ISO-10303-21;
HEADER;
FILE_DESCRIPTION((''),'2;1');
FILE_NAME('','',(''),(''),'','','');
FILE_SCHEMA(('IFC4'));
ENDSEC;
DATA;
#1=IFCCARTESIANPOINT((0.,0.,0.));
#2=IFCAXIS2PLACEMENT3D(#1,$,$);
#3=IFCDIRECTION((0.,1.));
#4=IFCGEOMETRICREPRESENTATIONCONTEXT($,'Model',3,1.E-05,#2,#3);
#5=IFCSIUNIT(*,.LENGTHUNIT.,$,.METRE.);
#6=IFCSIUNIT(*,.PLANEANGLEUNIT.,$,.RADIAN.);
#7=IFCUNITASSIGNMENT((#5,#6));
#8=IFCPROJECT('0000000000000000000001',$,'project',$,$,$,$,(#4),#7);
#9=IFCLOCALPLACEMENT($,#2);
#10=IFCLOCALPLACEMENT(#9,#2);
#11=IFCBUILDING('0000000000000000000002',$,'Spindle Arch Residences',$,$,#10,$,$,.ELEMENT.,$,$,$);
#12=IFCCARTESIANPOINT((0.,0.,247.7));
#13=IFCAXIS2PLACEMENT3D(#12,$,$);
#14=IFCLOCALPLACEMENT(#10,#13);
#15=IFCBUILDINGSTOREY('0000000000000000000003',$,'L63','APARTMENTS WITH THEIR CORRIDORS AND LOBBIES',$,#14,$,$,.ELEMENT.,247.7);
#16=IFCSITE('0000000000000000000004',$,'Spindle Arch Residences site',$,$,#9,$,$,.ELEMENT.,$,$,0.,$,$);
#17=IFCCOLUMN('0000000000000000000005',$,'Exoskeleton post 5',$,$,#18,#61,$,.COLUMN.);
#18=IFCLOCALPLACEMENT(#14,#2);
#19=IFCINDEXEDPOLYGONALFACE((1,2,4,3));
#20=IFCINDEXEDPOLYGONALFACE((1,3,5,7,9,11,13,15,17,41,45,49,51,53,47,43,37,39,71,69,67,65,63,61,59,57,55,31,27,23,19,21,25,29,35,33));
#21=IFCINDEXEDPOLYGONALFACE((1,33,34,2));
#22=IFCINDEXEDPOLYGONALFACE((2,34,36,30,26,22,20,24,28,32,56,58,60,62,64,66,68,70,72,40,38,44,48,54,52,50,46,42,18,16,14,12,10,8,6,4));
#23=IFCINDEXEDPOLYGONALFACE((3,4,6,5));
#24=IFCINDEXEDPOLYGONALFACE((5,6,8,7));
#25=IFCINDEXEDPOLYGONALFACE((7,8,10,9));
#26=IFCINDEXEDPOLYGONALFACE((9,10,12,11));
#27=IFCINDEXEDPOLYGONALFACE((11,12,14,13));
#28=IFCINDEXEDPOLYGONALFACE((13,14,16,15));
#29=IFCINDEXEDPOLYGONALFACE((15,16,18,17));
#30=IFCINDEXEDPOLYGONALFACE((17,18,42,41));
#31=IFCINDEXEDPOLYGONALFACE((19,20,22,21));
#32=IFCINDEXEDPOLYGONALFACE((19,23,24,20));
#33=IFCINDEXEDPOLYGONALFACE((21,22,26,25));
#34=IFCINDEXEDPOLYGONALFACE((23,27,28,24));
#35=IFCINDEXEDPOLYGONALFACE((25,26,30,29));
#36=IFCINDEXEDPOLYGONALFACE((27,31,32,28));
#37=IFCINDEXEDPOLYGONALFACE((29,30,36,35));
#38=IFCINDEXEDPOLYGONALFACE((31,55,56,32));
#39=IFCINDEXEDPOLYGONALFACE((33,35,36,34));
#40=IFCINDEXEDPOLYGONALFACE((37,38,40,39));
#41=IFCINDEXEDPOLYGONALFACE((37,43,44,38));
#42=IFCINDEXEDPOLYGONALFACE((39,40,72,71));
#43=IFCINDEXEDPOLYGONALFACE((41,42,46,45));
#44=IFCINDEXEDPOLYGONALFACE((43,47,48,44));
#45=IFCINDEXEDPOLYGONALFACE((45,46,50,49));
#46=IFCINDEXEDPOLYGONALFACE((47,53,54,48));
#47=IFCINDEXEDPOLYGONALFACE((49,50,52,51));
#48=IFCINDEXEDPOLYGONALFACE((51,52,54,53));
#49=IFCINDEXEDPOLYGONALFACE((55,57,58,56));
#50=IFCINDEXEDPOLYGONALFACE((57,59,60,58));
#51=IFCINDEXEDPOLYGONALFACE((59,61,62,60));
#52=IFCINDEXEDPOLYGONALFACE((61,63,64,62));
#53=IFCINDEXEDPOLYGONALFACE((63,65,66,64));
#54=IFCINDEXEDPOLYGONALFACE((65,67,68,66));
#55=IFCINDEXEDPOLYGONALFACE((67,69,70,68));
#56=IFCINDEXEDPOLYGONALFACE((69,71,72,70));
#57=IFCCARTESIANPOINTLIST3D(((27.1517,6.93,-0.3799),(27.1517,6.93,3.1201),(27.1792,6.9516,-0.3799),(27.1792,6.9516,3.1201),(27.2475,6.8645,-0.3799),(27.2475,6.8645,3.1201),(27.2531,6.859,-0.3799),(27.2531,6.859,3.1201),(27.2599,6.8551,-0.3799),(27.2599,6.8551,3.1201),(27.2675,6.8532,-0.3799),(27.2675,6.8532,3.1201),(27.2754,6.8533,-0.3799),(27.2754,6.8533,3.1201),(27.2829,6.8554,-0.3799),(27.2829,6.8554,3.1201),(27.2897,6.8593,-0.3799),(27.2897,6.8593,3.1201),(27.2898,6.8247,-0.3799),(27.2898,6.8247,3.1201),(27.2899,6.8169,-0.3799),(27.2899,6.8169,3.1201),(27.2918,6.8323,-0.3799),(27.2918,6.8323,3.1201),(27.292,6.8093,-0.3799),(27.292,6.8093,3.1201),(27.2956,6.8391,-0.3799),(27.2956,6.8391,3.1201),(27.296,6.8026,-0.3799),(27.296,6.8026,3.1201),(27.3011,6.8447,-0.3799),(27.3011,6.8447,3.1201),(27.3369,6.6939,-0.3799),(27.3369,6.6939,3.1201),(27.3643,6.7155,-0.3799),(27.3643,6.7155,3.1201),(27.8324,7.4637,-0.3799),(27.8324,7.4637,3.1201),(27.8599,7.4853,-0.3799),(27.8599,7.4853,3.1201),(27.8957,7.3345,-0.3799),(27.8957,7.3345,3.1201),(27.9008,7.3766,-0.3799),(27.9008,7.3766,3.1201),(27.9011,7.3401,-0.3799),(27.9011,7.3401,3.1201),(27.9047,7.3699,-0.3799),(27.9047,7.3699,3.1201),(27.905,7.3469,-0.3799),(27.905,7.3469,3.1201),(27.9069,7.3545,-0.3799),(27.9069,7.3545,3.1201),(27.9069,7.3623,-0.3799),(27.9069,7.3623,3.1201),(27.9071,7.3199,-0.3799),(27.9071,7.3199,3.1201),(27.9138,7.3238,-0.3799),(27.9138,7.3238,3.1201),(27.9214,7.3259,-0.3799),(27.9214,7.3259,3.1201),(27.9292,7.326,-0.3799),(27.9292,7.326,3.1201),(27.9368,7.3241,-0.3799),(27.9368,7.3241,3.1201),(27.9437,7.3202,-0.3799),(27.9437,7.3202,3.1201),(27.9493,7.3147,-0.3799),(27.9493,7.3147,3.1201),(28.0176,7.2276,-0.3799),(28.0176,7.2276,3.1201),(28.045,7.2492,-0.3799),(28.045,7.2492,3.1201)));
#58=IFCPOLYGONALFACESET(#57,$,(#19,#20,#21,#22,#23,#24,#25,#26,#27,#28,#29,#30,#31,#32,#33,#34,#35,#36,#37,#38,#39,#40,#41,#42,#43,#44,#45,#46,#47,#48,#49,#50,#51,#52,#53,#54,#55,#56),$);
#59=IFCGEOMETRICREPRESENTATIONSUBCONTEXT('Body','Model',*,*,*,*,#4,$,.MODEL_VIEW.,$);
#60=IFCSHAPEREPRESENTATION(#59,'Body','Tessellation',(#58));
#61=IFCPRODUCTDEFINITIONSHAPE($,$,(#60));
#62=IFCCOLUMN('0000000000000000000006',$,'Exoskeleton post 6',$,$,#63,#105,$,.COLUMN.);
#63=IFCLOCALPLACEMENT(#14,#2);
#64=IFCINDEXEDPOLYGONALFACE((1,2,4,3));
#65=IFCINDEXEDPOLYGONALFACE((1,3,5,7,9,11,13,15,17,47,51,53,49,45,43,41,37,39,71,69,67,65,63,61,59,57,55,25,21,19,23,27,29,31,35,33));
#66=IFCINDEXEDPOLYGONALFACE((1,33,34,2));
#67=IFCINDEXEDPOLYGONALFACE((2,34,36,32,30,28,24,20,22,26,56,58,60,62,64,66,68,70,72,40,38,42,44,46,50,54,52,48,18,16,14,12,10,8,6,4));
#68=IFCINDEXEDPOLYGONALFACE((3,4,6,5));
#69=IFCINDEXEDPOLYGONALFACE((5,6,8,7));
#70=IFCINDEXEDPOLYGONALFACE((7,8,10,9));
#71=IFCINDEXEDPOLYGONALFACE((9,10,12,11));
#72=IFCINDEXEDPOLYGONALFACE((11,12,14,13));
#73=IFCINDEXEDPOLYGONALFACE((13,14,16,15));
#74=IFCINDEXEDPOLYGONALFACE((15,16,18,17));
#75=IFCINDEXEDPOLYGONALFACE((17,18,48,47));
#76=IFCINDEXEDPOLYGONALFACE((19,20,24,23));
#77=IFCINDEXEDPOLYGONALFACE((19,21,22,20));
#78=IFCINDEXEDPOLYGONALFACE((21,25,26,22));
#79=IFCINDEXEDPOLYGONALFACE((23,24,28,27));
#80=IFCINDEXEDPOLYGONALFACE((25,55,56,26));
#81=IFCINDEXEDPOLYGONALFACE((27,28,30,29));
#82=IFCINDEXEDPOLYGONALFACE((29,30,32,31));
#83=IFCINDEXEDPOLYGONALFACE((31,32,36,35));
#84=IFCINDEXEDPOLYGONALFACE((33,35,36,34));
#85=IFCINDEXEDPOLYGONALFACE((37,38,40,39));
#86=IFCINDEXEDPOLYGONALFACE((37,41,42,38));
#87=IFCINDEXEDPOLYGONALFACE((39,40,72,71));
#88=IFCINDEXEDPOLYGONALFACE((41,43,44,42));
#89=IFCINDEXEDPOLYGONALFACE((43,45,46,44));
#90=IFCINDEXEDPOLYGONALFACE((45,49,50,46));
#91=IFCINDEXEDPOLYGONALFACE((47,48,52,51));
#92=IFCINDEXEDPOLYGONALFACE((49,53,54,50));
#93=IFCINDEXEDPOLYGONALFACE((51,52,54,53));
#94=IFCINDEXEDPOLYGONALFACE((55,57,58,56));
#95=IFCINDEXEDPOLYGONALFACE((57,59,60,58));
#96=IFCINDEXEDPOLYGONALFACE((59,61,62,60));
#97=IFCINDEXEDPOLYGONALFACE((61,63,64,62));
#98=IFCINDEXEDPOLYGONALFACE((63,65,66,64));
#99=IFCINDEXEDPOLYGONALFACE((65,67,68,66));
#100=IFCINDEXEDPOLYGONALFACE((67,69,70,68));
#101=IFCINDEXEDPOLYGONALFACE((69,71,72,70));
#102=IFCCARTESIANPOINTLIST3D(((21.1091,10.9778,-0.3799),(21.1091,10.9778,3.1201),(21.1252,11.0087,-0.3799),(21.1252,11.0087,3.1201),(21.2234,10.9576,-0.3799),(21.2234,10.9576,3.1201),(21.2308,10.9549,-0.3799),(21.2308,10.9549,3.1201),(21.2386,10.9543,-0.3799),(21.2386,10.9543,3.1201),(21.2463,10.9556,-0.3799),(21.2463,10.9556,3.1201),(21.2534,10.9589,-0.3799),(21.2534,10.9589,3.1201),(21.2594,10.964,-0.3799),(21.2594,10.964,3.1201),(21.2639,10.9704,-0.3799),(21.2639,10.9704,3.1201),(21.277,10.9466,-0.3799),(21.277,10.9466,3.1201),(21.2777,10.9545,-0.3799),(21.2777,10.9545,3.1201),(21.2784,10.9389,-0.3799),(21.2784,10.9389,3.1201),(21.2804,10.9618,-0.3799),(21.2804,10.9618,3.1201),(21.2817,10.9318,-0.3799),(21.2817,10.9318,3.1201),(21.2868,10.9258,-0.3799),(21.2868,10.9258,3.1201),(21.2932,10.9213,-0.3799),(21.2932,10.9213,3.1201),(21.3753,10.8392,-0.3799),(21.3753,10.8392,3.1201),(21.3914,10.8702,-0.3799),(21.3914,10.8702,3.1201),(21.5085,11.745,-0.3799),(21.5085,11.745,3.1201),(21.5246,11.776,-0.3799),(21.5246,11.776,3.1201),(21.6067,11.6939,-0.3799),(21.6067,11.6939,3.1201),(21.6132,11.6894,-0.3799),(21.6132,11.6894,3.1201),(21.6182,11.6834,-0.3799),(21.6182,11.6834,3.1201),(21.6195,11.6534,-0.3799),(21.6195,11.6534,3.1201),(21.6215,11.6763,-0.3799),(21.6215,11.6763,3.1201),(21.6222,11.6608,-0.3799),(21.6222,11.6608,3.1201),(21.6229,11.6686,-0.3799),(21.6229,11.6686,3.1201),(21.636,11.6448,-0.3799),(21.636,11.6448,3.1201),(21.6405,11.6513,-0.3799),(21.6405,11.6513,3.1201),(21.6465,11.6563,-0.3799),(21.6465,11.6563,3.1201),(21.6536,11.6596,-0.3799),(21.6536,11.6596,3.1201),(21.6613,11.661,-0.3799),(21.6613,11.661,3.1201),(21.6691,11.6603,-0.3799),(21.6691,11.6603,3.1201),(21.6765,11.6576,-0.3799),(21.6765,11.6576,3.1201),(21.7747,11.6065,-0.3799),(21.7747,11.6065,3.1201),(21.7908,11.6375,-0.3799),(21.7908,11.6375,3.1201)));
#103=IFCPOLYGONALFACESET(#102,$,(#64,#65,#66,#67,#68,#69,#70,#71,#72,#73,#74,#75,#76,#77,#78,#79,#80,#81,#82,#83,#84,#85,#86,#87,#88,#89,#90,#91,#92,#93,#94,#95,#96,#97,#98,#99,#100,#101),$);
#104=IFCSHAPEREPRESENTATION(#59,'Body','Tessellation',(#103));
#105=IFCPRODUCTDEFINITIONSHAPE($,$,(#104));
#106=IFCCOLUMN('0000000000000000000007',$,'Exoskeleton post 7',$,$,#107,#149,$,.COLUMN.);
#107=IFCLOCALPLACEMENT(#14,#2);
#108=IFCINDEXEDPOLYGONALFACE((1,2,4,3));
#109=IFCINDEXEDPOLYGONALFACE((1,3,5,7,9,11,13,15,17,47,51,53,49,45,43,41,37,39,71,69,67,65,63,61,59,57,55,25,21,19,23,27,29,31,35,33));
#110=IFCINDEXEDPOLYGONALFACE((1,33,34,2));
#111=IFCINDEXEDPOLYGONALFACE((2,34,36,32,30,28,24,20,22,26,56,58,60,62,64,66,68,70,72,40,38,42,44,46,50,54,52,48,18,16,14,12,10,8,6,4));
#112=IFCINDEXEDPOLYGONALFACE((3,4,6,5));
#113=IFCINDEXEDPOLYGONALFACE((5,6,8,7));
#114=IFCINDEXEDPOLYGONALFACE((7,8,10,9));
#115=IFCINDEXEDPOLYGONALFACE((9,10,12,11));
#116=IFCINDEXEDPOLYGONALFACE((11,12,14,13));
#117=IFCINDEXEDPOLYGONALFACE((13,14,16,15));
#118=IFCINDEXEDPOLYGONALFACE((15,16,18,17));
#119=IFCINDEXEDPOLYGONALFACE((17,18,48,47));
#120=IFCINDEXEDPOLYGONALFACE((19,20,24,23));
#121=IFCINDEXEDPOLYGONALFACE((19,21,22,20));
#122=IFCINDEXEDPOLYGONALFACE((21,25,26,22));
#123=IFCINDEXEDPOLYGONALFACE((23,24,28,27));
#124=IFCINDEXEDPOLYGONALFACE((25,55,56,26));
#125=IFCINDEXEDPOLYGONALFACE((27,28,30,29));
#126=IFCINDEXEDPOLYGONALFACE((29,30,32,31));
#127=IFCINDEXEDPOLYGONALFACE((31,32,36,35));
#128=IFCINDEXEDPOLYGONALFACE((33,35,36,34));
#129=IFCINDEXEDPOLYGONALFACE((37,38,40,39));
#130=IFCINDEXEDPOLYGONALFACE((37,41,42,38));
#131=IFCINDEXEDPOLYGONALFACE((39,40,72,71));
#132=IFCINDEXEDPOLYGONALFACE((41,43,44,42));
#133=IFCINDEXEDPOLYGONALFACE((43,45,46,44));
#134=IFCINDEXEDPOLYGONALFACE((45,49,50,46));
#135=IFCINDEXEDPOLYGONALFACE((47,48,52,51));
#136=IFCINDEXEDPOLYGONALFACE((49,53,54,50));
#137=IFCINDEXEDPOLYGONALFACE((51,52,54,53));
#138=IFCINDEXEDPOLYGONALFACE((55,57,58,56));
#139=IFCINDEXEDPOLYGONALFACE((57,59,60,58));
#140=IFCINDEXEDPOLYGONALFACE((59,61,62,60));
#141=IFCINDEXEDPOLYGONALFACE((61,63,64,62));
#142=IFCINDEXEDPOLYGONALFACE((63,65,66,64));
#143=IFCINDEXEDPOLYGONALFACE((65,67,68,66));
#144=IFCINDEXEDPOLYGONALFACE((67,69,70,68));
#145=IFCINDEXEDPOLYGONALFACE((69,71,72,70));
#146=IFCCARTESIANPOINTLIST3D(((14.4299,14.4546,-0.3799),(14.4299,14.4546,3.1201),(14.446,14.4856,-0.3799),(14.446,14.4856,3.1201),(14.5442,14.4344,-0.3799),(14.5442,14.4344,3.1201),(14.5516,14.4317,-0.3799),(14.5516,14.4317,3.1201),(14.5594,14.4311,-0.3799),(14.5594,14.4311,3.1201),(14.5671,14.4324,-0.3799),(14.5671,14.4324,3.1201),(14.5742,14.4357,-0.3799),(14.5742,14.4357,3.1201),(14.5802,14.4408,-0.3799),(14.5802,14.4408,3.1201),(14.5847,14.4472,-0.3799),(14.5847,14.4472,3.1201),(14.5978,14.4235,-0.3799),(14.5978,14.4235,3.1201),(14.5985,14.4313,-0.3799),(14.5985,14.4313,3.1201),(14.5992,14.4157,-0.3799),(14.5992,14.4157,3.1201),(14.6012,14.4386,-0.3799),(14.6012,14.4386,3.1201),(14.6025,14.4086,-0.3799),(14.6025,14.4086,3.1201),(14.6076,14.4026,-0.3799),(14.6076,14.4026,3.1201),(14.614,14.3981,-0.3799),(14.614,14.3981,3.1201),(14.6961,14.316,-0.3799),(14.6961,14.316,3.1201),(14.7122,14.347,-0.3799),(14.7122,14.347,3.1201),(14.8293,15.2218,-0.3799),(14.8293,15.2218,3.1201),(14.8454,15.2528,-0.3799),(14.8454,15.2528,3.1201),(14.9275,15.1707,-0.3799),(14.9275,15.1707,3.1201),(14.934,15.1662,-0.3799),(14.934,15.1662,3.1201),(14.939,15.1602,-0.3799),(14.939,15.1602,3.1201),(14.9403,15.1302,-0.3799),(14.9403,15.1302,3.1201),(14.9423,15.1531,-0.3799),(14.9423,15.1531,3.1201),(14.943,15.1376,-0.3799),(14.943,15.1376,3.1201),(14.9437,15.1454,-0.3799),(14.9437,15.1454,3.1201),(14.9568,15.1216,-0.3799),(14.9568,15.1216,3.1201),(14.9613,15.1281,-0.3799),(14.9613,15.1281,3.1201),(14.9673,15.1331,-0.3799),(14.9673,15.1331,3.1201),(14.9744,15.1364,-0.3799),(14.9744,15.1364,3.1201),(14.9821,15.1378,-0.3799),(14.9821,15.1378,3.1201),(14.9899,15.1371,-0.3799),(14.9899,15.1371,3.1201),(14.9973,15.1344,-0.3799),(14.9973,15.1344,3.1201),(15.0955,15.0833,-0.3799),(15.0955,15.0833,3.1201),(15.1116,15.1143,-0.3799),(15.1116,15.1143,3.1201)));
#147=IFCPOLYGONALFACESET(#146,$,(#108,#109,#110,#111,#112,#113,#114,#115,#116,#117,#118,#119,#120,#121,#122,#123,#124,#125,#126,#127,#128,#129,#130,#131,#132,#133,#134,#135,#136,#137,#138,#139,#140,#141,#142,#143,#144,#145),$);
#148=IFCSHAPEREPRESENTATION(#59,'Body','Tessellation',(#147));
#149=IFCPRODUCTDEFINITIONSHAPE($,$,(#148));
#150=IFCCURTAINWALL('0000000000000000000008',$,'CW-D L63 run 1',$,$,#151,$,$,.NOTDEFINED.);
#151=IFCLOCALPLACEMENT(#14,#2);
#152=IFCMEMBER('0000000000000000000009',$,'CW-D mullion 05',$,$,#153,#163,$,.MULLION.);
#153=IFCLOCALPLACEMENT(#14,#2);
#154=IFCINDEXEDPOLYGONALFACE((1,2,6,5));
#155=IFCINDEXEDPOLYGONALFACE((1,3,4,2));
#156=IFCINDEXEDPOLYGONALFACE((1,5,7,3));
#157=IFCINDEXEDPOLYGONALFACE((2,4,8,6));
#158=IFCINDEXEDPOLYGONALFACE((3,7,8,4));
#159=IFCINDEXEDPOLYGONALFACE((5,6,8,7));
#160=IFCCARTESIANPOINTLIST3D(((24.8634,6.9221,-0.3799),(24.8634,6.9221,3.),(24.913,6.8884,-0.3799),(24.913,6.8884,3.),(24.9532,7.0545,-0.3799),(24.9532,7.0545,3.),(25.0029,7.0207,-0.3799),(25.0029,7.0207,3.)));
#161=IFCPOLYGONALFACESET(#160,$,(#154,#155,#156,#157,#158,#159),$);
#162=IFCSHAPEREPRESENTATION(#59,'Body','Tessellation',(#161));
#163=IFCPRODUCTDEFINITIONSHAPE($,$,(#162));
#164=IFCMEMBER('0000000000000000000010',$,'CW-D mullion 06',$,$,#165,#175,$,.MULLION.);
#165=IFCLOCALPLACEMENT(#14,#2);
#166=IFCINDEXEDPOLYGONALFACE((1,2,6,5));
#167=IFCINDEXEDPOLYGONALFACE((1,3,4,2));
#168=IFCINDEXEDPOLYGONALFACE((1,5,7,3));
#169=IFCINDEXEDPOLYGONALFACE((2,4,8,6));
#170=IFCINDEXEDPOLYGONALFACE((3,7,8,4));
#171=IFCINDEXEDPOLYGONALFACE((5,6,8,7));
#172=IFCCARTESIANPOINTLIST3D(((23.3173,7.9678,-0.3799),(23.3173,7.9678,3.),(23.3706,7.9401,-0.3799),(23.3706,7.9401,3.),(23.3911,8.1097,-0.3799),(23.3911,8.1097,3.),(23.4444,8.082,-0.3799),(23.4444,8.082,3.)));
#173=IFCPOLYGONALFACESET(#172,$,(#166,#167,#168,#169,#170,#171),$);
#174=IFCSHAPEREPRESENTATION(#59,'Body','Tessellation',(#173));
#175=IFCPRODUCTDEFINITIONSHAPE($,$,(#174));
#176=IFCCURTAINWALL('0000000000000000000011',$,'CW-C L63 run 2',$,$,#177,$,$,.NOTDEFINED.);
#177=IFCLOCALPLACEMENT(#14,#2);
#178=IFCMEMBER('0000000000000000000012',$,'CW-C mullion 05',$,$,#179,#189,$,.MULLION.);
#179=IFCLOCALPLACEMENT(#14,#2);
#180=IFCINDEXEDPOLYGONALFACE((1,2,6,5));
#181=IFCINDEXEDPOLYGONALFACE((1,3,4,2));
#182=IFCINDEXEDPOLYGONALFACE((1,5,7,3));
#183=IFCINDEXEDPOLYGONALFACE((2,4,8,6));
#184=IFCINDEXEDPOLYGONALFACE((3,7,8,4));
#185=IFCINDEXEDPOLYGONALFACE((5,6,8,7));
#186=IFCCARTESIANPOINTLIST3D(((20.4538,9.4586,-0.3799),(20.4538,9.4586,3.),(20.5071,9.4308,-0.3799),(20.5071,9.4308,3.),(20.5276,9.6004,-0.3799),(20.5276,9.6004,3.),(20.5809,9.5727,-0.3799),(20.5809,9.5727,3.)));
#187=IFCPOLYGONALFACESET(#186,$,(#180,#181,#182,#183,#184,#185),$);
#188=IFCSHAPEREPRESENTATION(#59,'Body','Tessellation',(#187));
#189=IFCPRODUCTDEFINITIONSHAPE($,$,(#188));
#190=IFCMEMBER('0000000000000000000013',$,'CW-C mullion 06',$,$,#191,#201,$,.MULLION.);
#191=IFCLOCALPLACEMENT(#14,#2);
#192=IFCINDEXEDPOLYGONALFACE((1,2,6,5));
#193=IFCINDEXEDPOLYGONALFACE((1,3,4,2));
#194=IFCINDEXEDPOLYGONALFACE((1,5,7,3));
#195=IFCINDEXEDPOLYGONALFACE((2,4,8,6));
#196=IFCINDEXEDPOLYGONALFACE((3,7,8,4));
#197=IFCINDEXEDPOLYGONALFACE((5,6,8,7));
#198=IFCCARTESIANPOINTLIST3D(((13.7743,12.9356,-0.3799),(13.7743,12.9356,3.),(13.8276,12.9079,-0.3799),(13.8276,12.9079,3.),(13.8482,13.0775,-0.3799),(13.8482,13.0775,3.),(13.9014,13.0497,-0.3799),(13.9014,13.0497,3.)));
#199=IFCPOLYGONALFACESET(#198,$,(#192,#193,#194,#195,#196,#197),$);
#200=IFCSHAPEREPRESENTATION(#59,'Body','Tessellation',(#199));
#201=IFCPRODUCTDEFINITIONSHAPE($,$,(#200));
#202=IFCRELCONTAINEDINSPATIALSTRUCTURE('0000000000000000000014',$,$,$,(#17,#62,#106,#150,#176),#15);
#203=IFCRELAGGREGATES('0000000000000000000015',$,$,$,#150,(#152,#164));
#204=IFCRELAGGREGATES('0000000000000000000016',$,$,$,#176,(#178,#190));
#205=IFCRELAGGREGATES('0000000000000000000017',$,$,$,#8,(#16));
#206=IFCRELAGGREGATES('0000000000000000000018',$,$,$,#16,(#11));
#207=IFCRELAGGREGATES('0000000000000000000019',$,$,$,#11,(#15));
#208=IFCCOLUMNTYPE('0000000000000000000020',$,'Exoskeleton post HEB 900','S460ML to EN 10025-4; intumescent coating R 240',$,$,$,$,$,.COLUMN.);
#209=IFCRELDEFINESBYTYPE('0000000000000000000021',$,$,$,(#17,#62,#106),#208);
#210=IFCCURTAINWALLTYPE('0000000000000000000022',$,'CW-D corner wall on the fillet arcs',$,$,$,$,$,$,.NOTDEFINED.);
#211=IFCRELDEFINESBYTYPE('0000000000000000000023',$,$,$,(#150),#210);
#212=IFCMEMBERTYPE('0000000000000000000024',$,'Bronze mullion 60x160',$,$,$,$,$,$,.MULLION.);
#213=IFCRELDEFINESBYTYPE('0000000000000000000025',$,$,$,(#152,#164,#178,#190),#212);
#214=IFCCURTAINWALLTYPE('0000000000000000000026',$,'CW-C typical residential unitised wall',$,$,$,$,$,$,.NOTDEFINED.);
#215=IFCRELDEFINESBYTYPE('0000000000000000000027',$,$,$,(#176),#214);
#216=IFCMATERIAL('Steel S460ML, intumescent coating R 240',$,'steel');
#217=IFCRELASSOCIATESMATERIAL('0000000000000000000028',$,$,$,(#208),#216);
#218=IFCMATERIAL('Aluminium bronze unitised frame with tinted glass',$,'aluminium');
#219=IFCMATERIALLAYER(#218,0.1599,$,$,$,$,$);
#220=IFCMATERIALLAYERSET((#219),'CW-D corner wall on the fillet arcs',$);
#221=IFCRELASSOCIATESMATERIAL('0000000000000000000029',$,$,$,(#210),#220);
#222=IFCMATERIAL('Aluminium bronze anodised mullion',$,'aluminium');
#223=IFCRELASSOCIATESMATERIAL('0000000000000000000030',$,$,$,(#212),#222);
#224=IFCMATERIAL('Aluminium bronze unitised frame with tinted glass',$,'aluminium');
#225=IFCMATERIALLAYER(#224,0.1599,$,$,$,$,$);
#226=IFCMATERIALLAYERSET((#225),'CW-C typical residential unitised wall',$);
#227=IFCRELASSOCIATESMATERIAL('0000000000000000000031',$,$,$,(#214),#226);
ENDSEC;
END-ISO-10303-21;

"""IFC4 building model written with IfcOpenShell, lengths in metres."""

from ifc_helpers import new_model, si_unit, direction, frame, origin, origin_2d, place, context, subcontext, project, spatial, rectangle, i_section, extrude, material, layer, layer_set, material_profile, profile_set, type_object, element, aggregate, save


model = new_model("IFC4")

# Units and contexts
model_context = context("Model", 3, precision=1e-05, world=origin(), true_north=direction((0.0, 1.0)))
body_context = subcontext(model_context, "Body", "Model", "MODEL_VIEW")
ifc_project = project(units=[si_unit("LENGTHUNIT", "METRE"), si_unit("PLANEANGLEUNIT", "RADIAN")], contexts=[model_context])

# Site, building, storey
site_placement = place(None, origin())
site = spatial("IfcSite", under=ifc_project, at=site_placement, Name="Spindle Arch Residences site", CompositionType="ELEMENT", RefElevation=0.0)
building_placement = place(site_placement, origin())
building = spatial("IfcBuilding", under=site, at=building_placement, Name="Spindle Arch Residences", CompositionType="ELEMENT")
storey_placement = place(building_placement, frame((0.0, 0.0, 247.7)))
storey = spatial("IfcBuildingStorey", under=building, at=storey_placement, Name="L63", Description="APARTMENTS WITH THEIR CORRIDORS AND LOBBIES", CompositionType="ELEMENT", Elevation=247.7)

# Columns
ifc_material_1 = material(Name="Steel S460ML, intumescent coating R 240", Category="steel")
ifc_material_profile_1 = material_profile(ifc_material_1, i_section(OverallWidth=0.3, OverallDepth=0.8999, WebThickness=0.0186, FlangeThickness=0.0349, FilletRadius=0.03, at=origin_2d()), Name="HEB 900")
ifc_profile_set_1 = profile_set([ifc_material_profile_1], Name="Steel S460ML, intumescent coating R 240")
column_type = type_object("IfcColumnType", Name="Exoskeleton post HEB 900", Description="S460ML to EN 10025-4; intumescent coating R 240", PredefinedType="COLUMN", material=ifc_profile_set_1)
for number, where, z_axis, x_axis, name in (
    (1, (27.5984, 7.0896, -0.3799), (0.0, 0.0, 1.0), (0.617002, -0.786962, 0.0), "Exoskeleton post 5"),
    (2, (21.45, 11.3076, -0.3799), (0.0, 0.0, 1.0), (0.887011, -0.461749, 0.0), "Exoskeleton post 6"),
    (3, (14.7708, 14.7844, -0.3799), (0.0, 0.0, 1.0), (0.887011, -0.461749, 0.0), "Exoskeleton post 7"),
):
    element("IfcColumn", number, at=place(storey_placement, frame(where, z_axis=z_axis, x_axis=x_axis)), inside=storey, type_object=column_type, Name=name, PredefinedType="COLUMN", context=body_context, shape_type="SweptSolid", body=[
        extrude(i_section(OverallWidth=0.3, OverallDepth=0.8999, WebThickness=0.0186, FlangeThickness=0.0349, FilletRadius=0.03, at=origin_2d()), origin(), (0.0, 0.0, 1.0), 3.5),
    ])

# Curtain walls, members
ifc_material_2 = material(Name="Aluminium bronze unitised frame with tinted glass", Category="aluminium")
ifc_layer_1 = layer(ifc_material_2, 0.1599)
ifc_layer_set_1 = layer_set([ifc_layer_1], Name="CW-D corner wall on the fillet arcs")
curtain_wall_type_1 = type_object("IfcCurtainWallType", Name="CW-D corner wall on the fillet arcs", PredefinedType="NOTDEFINED", material=ifc_layer_set_1)
curtain_wall_1_placement = place(storey_placement, origin())
curtain_wall_1 = element("IfcCurtainWall", 4, at=curtain_wall_1_placement, inside=storey, type_object=curtain_wall_type_1, Name="CW-D L63 run 1", PredefinedType="NOTDEFINED")
ifc_material_3 = material(Name="Aluminium bronze anodised mullion", Category="aluminium")
ifc_material_profile_2 = material_profile(ifc_material_3, rectangle(XDim=0.1599, YDim=0.0601, at=origin_2d()), Name="MU 60x160")
ifc_profile_set_2 = profile_set([ifc_material_profile_2], Name="Aluminium bronze anodised mullion")
member_type_1 = type_object("IfcMemberType", Name="Bronze mullion 60x160", PredefinedType="MULLION", material=ifc_profile_set_2)
member_1_placement = place(storey_placement, frame((24.9331, 6.9714, -0.3799), z_axis=(0.0, 0.0, 1.0), x_axis=(-0.561602, -0.827407, 0.0)))
member_1 = element("IfcMember", 5, at=member_1_placement, type_object=member_type_1, Name="CW-D mullion 05", PredefinedType="MULLION", context=body_context, shape_type="SweptSolid", body=[
    extrude(rectangle(XDim=0.1599, YDim=0.0601, at=origin_2d()), origin(), (0.0, 0.0, 1.0), 3.3799),
])
member_2_placement = place(storey_placement, frame((23.3809, 8.0249, -0.3799), z_axis=(0.0, 0.0, 1.0), x_axis=(-0.461749, -0.887011, 0.0)))
member_2 = element("IfcMember", 6, at=member_2_placement, type_object=member_type_1, Name="CW-D mullion 06", PredefinedType="MULLION", context=body_context, shape_type="SweptSolid", body=[
    extrude(rectangle(XDim=0.1599, YDim=0.0601, at=origin_2d()), origin(), (0.0, 0.0, 1.0), 3.3799),
])
ifc_material_4 = material(Name="Aluminium bronze unitised frame with tinted glass", Category="aluminium")
ifc_layer_2 = layer(ifc_material_4, 0.1599)
ifc_layer_set_2 = layer_set([ifc_layer_2], Name="CW-C typical residential unitised wall")
curtain_wall_type_2 = type_object("IfcCurtainWallType", Name="CW-C typical residential unitised wall", PredefinedType="NOTDEFINED", material=ifc_layer_set_2)
curtain_wall_2_placement = place(storey_placement, origin())
curtain_wall_2 = element("IfcCurtainWall", 7, at=curtain_wall_2_placement, inside=storey, type_object=curtain_wall_type_2, Name="CW-C L63 run 2", PredefinedType="NOTDEFINED")
member_3_placement = place(storey_placement, frame((20.5173, 9.5156, -0.3799), z_axis=(0.0, 0.0, 1.0), x_axis=(-0.461749, -0.887011, 0.0)))
member_3 = element("IfcMember", 8, at=member_3_placement, type_object=member_type_1, Name="CW-C mullion 05", PredefinedType="MULLION", context=body_context, shape_type="SweptSolid", body=[
    extrude(rectangle(XDim=0.1599, YDim=0.0601, at=origin_2d()), origin(), (0.0, 0.0, 1.0), 3.3799),
])
member_4_placement = place(storey_placement, frame((13.8379, 12.9927, -0.3799), z_axis=(0.0, 0.0, 1.0), x_axis=(-0.461749, -0.887011, 0.0)))
member_4 = element("IfcMember", 9, at=member_4_placement, type_object=member_type_1, Name="CW-C mullion 06", PredefinedType="MULLION", context=body_context, shape_type="SweptSolid", body=[
    extrude(rectangle(XDim=0.1599, YDim=0.0601, at=origin_2d()), origin(), (0.0, 0.0, 1.0), 3.3799),
])

aggregate(curtain_wall_1, [member_1, member_2])
aggregate(curtain_wall_2, [member_3, member_4])

save(model, "model.ifc")
